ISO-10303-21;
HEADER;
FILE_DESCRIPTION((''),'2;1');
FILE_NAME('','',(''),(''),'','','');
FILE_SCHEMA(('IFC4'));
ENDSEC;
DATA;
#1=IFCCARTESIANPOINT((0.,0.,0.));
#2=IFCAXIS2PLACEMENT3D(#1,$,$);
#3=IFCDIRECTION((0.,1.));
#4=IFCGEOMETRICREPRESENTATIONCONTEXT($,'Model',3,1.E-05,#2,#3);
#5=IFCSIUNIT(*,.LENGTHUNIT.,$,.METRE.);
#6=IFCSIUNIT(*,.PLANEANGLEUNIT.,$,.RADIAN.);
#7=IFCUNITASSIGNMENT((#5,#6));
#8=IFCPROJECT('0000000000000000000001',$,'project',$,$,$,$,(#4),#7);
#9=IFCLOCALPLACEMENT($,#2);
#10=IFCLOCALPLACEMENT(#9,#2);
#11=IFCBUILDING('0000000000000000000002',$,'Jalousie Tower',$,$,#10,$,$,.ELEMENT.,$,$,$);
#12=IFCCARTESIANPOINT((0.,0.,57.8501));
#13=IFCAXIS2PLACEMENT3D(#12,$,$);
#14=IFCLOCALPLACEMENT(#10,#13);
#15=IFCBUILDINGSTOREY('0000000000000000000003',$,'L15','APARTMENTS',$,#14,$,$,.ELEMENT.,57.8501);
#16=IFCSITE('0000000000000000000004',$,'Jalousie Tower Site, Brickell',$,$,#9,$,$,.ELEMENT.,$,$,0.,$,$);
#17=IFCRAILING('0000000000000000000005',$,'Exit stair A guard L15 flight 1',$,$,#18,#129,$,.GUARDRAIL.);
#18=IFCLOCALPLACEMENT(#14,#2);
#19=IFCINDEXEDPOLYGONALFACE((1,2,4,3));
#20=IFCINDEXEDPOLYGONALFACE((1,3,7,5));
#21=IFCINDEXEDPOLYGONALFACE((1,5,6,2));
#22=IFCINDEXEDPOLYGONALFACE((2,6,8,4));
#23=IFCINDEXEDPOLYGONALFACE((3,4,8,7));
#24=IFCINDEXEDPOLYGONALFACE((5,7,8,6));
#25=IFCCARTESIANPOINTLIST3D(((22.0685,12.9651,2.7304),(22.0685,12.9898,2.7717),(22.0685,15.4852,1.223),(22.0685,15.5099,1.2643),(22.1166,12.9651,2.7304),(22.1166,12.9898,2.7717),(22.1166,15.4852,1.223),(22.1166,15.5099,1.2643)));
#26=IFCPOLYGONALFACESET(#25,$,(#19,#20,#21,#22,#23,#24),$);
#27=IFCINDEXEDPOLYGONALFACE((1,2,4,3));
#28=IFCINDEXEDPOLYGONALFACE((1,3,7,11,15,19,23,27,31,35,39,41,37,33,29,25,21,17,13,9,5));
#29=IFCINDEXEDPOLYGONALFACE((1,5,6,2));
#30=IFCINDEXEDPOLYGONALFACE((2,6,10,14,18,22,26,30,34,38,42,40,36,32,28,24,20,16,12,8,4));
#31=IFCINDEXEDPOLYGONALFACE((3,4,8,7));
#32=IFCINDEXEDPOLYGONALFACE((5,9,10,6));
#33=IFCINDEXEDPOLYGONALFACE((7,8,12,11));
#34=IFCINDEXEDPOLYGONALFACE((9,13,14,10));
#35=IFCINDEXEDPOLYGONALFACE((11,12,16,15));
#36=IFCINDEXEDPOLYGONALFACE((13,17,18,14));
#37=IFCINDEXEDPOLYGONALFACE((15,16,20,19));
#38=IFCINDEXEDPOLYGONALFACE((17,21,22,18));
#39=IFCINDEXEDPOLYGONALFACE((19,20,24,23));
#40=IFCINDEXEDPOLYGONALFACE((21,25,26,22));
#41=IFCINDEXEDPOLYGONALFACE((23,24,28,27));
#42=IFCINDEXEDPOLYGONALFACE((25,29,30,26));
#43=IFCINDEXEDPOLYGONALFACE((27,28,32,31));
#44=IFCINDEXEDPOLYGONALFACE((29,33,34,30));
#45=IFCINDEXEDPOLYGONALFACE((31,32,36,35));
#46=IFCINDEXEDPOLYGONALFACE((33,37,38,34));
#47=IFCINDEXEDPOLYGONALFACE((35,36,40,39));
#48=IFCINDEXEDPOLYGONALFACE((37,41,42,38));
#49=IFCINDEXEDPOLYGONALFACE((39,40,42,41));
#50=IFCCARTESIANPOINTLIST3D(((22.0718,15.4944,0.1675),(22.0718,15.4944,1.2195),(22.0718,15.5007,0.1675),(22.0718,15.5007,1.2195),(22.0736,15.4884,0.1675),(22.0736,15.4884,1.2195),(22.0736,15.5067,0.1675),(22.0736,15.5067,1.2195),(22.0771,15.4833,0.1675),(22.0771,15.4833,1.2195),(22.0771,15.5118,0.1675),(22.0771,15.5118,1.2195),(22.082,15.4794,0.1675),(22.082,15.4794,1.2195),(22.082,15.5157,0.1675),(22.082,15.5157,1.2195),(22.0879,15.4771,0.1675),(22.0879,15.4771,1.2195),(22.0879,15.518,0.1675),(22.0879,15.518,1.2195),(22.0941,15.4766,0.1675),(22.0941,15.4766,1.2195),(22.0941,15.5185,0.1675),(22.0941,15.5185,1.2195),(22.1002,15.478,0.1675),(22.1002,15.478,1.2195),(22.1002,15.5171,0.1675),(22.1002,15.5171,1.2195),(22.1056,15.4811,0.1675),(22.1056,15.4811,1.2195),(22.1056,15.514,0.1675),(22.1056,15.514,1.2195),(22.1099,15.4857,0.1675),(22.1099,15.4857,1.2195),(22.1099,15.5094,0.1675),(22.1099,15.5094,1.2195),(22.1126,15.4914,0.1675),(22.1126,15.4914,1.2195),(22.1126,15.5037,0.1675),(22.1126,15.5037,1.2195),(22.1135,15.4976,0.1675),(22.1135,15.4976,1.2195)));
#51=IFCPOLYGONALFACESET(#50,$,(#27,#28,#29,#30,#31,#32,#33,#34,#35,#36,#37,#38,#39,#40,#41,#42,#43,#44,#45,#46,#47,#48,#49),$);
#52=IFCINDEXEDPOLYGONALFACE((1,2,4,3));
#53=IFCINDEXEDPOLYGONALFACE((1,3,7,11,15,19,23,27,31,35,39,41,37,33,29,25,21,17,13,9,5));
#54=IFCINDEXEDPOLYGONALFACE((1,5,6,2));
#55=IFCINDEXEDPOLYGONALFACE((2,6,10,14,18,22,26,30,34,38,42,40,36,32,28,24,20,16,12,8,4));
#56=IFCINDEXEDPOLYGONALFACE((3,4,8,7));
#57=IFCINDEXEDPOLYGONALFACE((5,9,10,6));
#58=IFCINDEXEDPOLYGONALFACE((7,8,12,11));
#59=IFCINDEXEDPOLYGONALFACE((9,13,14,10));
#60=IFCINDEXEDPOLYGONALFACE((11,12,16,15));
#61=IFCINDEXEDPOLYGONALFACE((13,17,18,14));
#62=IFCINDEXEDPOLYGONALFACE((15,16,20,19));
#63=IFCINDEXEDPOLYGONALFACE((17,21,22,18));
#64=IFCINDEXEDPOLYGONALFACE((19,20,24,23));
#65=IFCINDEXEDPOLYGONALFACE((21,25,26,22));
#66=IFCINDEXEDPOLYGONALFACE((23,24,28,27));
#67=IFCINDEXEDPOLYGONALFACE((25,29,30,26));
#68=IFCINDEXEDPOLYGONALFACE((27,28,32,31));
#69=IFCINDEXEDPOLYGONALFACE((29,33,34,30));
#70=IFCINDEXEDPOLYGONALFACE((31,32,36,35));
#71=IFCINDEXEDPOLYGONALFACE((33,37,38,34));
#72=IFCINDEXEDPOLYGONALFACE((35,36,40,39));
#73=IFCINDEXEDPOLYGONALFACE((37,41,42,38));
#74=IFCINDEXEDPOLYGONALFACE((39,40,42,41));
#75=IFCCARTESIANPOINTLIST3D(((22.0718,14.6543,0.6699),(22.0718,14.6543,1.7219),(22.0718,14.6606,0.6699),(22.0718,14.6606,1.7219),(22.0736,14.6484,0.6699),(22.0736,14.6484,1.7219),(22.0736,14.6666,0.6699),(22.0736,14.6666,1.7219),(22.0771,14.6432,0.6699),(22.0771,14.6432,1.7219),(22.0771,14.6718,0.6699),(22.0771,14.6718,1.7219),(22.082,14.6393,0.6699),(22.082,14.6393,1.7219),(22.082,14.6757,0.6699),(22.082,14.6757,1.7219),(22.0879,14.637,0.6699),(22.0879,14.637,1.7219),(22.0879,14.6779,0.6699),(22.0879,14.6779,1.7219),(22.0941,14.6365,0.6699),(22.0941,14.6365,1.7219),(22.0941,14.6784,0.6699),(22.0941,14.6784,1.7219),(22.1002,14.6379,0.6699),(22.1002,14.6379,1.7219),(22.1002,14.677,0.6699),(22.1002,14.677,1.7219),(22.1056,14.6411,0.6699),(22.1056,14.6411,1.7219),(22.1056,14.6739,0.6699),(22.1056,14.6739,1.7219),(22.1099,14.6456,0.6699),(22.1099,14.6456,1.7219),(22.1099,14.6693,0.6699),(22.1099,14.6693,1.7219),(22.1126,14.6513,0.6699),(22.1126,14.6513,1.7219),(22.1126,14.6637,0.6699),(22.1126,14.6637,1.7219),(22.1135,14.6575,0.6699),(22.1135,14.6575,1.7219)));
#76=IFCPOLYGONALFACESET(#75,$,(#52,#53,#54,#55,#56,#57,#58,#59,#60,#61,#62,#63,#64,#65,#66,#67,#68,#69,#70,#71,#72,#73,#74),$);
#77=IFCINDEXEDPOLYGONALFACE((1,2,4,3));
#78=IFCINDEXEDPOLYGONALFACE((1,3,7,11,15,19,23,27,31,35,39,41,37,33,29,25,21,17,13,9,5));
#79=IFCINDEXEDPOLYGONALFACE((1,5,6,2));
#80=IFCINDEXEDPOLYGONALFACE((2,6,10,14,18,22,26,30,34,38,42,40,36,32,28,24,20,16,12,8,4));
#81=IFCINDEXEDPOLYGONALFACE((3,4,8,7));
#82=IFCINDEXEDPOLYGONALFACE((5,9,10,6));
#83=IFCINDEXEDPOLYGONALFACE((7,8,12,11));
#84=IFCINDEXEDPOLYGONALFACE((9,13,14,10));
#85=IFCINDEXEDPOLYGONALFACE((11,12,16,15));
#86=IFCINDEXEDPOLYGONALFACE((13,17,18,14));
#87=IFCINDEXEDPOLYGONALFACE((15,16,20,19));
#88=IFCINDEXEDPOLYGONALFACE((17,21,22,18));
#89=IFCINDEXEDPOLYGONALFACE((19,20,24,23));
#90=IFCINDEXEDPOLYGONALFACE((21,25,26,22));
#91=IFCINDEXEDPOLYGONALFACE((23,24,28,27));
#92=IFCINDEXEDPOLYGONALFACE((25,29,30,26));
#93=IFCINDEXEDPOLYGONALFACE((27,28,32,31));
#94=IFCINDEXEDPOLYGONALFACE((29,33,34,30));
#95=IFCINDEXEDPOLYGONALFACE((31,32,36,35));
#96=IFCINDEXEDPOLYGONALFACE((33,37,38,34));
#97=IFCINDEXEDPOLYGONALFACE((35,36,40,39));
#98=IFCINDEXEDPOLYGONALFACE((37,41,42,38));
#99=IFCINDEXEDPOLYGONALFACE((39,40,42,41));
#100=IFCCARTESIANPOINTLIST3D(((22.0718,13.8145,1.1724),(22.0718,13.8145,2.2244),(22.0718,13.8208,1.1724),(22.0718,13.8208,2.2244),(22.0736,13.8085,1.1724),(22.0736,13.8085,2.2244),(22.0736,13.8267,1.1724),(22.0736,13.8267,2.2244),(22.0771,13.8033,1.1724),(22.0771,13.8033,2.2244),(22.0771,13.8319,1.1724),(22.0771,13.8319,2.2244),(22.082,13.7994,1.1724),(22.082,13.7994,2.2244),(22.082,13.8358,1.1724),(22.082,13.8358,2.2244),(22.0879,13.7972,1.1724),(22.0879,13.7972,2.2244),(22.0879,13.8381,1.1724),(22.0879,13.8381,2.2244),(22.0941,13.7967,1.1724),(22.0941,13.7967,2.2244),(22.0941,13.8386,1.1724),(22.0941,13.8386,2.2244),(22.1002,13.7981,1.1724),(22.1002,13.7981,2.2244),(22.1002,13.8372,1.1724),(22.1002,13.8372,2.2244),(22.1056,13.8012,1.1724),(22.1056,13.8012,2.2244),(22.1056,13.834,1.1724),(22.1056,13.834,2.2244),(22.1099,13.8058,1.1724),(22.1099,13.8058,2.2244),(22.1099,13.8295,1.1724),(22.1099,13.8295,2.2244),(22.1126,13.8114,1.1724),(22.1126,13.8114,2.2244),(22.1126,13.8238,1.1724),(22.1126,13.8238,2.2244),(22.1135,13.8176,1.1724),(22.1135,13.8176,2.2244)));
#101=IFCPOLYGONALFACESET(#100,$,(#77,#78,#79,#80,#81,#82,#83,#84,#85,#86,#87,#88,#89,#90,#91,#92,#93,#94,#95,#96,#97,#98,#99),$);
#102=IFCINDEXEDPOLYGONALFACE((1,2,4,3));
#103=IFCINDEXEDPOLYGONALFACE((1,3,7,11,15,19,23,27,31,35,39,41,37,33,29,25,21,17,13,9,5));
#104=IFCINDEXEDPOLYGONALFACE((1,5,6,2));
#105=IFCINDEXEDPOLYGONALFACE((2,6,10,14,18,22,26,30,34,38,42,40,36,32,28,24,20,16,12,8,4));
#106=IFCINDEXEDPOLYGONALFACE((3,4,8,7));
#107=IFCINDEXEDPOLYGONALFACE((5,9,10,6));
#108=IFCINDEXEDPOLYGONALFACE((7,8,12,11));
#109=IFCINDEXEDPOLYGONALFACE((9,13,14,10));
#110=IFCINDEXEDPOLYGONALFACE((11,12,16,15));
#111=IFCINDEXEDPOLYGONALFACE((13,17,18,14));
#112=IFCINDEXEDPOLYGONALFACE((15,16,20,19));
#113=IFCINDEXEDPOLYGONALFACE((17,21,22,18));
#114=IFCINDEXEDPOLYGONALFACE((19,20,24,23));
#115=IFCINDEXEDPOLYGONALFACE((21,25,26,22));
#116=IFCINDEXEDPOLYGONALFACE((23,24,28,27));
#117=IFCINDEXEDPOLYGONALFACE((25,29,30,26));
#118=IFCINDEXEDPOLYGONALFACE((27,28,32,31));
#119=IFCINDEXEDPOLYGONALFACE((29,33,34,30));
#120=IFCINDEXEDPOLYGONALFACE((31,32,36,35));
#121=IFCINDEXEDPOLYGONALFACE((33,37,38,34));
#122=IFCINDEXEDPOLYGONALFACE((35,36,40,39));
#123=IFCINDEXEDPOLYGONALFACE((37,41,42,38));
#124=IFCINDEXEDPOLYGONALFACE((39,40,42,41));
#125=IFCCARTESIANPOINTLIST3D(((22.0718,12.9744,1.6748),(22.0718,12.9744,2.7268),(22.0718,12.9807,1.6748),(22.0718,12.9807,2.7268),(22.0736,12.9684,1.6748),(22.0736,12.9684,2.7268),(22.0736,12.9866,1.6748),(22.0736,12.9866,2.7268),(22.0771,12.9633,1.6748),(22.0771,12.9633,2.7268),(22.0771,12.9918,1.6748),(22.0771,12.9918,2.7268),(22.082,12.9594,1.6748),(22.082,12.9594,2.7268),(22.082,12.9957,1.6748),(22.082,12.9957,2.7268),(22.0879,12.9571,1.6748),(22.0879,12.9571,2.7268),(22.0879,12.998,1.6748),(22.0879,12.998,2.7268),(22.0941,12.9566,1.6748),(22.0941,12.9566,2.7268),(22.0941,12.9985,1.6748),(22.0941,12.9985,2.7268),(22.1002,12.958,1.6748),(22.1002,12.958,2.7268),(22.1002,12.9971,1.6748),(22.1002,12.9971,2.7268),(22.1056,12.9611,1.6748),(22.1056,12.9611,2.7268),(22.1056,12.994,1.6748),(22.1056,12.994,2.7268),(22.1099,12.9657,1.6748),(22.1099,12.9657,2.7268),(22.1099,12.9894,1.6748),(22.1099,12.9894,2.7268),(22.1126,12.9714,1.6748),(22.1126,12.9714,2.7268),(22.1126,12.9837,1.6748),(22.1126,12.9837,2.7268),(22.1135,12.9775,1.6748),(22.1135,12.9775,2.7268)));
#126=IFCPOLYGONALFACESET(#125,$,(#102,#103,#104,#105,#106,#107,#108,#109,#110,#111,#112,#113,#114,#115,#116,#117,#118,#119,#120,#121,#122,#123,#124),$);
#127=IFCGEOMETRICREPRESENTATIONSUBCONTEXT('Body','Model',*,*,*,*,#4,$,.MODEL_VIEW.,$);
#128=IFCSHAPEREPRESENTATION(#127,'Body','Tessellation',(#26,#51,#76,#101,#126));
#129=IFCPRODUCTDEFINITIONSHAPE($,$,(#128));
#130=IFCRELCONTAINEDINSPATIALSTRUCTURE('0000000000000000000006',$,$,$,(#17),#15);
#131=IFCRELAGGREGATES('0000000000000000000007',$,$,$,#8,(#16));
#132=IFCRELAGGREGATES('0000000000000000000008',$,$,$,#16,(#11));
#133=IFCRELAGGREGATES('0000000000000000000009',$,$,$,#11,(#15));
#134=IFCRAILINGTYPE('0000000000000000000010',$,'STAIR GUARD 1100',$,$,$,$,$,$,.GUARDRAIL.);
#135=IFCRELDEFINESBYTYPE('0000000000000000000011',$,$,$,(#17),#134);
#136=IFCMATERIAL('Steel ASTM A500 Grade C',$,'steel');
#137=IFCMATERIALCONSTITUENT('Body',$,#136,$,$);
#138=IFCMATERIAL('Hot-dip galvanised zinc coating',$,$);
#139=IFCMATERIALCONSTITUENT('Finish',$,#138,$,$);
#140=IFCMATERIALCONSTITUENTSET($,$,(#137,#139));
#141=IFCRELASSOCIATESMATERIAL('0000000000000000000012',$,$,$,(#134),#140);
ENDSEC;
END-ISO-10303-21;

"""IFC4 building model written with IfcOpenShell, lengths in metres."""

from ifc_helpers import new_model, si_unit, direction, frame, origin, origin_2d, place, context, subcontext, project, spatial, rectangle, circle, extrude, material, constituent, constituent_set, type_object, element, save


model = new_model("IFC4")

# Units and contexts
model_context = context("Model", 3, precision=1e-05, world=origin(), true_north=direction((0.0, 1.0)))
body_context = subcontext(model_context, "Body", "Model", "MODEL_VIEW")
ifc_project = project(units=[si_unit("LENGTHUNIT", "METRE"), si_unit("PLANEANGLEUNIT", "RADIAN")], contexts=[model_context])

# Site, building, storey
site_placement = place(None, origin())
site = spatial("IfcSite", under=ifc_project, at=site_placement, Name="Jalousie Tower Site, Brickell", CompositionType="ELEMENT", RefElevation=0.0)
building_placement = place(site_placement, origin())
building = spatial("IfcBuilding", under=site, at=building_placement, Name="Jalousie Tower", CompositionType="ELEMENT")
storey_placement = place(building_placement, frame((0.0, 0.0, 57.8501)))
storey = spatial("IfcBuildingStorey", under=building, at=storey_placement, Name="L15", Description="APARTMENTS", CompositionType="ELEMENT", Elevation=57.8501)

# Railing
ifc_material_1 = material(Name="Steel ASTM A500 Grade C", Category="steel")
ifc_constituent_1 = constituent(ifc_material_1, Name="Body")
ifc_material_2 = material(Name="Hot-dip galvanised zinc coating")
ifc_constituent_2 = constituent(ifc_material_2, Name="Finish")
ifc_constituent_set_1 = constituent_set(constituents=[ifc_constituent_1, ifc_constituent_2])
railing_type_1 = type_object("IfcRailingType", Name="STAIR GUARD 1100", PredefinedType="GUARDRAIL", material=ifc_constituent_set_1)
railing_1_placement = place(storey_placement, frame((22.0925, 15.4976, 0.1675)))
element("IfcRailing", 1, at=railing_1_placement, inside=storey, type_object=railing_type_1, Name="Exit stair A guard L15 flight 1", PredefinedType="GUARDRAIL", context=body_context, shape_type="SweptSolid", body=[
    extrude(rectangle(XDim=0.0481, YDim=0.0481, at=origin_2d()), frame((0.0, 0.0, 1.0762), z_axis=(0.0, -0.858196, 0.513321), x_axis=(1.0, 0.0, 0.0)), (0.0, 0.0, 1.0), 2.9365),
    extrude(circle(Radius=0.021, at=origin_2d()), origin(), (0.0, 0.0, 1.0), 1.052),
    extrude(circle(Radius=0.021, at=origin_2d()), frame((0.0, -0.8401, 0.5024)), (0.0, 0.0, 1.0), 1.052),
    extrude(circle(Radius=0.021, at=origin_2d()), frame((0.0, -1.6799, 1.0049)), (0.0, 0.0, 1.0), 1.052),
    extrude(circle(Radius=0.021, at=origin_2d()), frame((0.0, -2.52, 1.5073)), (0.0, 0.0, 1.0), 1.052),
])

save(model, "model.ifc")
